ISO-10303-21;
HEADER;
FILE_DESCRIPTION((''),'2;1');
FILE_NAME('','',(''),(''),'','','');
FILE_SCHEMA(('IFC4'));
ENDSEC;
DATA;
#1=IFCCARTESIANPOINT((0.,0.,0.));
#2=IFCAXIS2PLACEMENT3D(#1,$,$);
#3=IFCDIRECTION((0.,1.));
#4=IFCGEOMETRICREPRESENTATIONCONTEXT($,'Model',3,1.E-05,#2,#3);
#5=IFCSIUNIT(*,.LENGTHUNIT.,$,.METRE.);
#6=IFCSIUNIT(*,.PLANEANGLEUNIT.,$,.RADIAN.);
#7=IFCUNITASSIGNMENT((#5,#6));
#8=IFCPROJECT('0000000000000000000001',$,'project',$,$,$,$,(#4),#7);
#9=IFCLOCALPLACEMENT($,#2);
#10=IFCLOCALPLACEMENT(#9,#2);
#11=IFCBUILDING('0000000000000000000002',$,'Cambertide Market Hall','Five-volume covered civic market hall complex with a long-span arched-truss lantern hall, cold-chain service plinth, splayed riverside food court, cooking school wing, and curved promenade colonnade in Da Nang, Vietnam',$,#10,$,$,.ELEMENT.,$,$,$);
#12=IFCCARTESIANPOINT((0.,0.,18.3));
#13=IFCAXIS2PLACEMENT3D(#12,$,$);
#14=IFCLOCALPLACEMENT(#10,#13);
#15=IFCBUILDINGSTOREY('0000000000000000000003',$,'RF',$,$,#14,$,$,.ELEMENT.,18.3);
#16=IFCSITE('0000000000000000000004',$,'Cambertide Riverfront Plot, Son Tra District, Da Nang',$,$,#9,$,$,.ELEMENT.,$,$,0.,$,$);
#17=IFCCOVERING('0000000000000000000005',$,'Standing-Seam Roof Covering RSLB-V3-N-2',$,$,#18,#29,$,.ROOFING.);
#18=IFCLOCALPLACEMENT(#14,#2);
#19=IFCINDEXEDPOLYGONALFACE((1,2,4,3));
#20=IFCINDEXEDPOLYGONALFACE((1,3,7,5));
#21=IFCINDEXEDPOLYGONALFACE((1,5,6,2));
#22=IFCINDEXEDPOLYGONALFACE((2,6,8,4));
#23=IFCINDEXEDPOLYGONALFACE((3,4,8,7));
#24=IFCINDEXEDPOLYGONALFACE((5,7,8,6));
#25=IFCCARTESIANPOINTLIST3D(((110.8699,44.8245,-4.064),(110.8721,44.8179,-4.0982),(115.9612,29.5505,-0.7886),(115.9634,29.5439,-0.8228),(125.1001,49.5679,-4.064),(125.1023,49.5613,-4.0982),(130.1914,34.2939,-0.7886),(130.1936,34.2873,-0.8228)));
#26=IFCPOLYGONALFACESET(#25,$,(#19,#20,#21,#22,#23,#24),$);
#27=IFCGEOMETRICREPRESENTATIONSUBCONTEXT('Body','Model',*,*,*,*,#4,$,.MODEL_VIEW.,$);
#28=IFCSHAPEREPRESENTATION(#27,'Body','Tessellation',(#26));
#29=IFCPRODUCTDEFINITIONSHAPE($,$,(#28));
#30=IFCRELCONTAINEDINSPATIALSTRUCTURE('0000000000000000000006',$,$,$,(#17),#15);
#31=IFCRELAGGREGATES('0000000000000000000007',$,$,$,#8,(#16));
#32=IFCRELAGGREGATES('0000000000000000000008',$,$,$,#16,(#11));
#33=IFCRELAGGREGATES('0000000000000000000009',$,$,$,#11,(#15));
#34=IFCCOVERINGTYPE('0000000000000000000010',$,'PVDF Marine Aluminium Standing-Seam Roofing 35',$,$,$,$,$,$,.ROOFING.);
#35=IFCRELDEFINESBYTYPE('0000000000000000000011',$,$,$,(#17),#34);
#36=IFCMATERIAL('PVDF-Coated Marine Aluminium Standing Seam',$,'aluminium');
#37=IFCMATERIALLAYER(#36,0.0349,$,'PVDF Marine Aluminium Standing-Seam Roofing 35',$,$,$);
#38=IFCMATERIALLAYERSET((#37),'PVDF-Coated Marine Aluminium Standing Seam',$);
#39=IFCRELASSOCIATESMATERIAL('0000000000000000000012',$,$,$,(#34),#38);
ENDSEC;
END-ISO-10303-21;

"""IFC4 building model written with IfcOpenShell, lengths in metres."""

from ifc_helpers import new_model, si_unit, direction, frame, origin, place, context, subcontext, project, spatial, polyline, outline, extrude, material, layer, layer_set, type_object, element, save


model = new_model("IFC4")

# Units and contexts
model_context = context("Model", 3, precision=1e-05, world=origin(), true_north=direction((0.0, 1.0)))
body_context = subcontext(model_context, "Body", "Model", "MODEL_VIEW")
ifc_project = project(units=[si_unit("LENGTHUNIT", "METRE"), si_unit("PLANEANGLEUNIT", "RADIAN")], contexts=[model_context])

# Site, building, storey
site_placement = place(None, origin())
site = spatial("IfcSite", under=ifc_project, at=site_placement, Name="Cambertide Riverfront Plot, Son Tra District, Da Nang", CompositionType="ELEMENT", RefElevation=0.0)
building_placement = place(site_placement, origin())
building = spatial("IfcBuilding", under=site, at=building_placement, Name="Cambertide Market Hall", Description="Five-volume covered civic market hall complex with a long-span arched-truss lantern hall, cold-chain service plinth, splayed riverside food court, cooking school wing, and curved promenade colonnade in Da Nang, Vietnam", CompositionType="ELEMENT")
storey_placement = place(building_placement, frame((0.0, 0.0, 18.3)))
storey = spatial("IfcBuildingStorey", under=building, at=storey_placement, Name="RF", CompositionType="ELEMENT", Elevation=18.3)

# Covering
ifc_material_1 = material(Name="PVDF-Coated Marine Aluminium Standing Seam", Category="aluminium")
ifc_layer_1 = layer(ifc_material_1, 0.0349, Name="PVDF Marine Aluminium Standing-Seam Roofing 35")
ifc_layer_set_1 = layer_set([ifc_layer_1], Name="PVDF-Coated Marine Aluminium Standing Seam")
covering_type = type_object("IfcCoveringType", Name="PVDF Marine Aluminium Standing-Seam Roofing 35", PredefinedType="ROOFING", material=ifc_layer_set_1)
covering_1_placement = place(storey_placement, frame((115.9612, 29.5505, -0.7886), z_axis=(-0.063042, 0.189125, 0.979927), x_axis=(0.948683, 0.316228, 0.0)))
element("IfcCovering", 1, at=covering_1_placement, inside=storey, type_object=covering_type, Name="Standing-Seam Roof Covering RSLB-V3-N-2", PredefinedType="ROOFING", context=body_context, shape_type="SweptSolid", body=[
    extrude(outline(polyline([(0.0, 0.0), (15.0, 0.0), (15.0, 16.4299), (0.0, 16.4299), (0.0, 0.0)])), origin(), (0.0, 0.0, -1.0), 0.0349),
])

save(model, "model.ifc")
